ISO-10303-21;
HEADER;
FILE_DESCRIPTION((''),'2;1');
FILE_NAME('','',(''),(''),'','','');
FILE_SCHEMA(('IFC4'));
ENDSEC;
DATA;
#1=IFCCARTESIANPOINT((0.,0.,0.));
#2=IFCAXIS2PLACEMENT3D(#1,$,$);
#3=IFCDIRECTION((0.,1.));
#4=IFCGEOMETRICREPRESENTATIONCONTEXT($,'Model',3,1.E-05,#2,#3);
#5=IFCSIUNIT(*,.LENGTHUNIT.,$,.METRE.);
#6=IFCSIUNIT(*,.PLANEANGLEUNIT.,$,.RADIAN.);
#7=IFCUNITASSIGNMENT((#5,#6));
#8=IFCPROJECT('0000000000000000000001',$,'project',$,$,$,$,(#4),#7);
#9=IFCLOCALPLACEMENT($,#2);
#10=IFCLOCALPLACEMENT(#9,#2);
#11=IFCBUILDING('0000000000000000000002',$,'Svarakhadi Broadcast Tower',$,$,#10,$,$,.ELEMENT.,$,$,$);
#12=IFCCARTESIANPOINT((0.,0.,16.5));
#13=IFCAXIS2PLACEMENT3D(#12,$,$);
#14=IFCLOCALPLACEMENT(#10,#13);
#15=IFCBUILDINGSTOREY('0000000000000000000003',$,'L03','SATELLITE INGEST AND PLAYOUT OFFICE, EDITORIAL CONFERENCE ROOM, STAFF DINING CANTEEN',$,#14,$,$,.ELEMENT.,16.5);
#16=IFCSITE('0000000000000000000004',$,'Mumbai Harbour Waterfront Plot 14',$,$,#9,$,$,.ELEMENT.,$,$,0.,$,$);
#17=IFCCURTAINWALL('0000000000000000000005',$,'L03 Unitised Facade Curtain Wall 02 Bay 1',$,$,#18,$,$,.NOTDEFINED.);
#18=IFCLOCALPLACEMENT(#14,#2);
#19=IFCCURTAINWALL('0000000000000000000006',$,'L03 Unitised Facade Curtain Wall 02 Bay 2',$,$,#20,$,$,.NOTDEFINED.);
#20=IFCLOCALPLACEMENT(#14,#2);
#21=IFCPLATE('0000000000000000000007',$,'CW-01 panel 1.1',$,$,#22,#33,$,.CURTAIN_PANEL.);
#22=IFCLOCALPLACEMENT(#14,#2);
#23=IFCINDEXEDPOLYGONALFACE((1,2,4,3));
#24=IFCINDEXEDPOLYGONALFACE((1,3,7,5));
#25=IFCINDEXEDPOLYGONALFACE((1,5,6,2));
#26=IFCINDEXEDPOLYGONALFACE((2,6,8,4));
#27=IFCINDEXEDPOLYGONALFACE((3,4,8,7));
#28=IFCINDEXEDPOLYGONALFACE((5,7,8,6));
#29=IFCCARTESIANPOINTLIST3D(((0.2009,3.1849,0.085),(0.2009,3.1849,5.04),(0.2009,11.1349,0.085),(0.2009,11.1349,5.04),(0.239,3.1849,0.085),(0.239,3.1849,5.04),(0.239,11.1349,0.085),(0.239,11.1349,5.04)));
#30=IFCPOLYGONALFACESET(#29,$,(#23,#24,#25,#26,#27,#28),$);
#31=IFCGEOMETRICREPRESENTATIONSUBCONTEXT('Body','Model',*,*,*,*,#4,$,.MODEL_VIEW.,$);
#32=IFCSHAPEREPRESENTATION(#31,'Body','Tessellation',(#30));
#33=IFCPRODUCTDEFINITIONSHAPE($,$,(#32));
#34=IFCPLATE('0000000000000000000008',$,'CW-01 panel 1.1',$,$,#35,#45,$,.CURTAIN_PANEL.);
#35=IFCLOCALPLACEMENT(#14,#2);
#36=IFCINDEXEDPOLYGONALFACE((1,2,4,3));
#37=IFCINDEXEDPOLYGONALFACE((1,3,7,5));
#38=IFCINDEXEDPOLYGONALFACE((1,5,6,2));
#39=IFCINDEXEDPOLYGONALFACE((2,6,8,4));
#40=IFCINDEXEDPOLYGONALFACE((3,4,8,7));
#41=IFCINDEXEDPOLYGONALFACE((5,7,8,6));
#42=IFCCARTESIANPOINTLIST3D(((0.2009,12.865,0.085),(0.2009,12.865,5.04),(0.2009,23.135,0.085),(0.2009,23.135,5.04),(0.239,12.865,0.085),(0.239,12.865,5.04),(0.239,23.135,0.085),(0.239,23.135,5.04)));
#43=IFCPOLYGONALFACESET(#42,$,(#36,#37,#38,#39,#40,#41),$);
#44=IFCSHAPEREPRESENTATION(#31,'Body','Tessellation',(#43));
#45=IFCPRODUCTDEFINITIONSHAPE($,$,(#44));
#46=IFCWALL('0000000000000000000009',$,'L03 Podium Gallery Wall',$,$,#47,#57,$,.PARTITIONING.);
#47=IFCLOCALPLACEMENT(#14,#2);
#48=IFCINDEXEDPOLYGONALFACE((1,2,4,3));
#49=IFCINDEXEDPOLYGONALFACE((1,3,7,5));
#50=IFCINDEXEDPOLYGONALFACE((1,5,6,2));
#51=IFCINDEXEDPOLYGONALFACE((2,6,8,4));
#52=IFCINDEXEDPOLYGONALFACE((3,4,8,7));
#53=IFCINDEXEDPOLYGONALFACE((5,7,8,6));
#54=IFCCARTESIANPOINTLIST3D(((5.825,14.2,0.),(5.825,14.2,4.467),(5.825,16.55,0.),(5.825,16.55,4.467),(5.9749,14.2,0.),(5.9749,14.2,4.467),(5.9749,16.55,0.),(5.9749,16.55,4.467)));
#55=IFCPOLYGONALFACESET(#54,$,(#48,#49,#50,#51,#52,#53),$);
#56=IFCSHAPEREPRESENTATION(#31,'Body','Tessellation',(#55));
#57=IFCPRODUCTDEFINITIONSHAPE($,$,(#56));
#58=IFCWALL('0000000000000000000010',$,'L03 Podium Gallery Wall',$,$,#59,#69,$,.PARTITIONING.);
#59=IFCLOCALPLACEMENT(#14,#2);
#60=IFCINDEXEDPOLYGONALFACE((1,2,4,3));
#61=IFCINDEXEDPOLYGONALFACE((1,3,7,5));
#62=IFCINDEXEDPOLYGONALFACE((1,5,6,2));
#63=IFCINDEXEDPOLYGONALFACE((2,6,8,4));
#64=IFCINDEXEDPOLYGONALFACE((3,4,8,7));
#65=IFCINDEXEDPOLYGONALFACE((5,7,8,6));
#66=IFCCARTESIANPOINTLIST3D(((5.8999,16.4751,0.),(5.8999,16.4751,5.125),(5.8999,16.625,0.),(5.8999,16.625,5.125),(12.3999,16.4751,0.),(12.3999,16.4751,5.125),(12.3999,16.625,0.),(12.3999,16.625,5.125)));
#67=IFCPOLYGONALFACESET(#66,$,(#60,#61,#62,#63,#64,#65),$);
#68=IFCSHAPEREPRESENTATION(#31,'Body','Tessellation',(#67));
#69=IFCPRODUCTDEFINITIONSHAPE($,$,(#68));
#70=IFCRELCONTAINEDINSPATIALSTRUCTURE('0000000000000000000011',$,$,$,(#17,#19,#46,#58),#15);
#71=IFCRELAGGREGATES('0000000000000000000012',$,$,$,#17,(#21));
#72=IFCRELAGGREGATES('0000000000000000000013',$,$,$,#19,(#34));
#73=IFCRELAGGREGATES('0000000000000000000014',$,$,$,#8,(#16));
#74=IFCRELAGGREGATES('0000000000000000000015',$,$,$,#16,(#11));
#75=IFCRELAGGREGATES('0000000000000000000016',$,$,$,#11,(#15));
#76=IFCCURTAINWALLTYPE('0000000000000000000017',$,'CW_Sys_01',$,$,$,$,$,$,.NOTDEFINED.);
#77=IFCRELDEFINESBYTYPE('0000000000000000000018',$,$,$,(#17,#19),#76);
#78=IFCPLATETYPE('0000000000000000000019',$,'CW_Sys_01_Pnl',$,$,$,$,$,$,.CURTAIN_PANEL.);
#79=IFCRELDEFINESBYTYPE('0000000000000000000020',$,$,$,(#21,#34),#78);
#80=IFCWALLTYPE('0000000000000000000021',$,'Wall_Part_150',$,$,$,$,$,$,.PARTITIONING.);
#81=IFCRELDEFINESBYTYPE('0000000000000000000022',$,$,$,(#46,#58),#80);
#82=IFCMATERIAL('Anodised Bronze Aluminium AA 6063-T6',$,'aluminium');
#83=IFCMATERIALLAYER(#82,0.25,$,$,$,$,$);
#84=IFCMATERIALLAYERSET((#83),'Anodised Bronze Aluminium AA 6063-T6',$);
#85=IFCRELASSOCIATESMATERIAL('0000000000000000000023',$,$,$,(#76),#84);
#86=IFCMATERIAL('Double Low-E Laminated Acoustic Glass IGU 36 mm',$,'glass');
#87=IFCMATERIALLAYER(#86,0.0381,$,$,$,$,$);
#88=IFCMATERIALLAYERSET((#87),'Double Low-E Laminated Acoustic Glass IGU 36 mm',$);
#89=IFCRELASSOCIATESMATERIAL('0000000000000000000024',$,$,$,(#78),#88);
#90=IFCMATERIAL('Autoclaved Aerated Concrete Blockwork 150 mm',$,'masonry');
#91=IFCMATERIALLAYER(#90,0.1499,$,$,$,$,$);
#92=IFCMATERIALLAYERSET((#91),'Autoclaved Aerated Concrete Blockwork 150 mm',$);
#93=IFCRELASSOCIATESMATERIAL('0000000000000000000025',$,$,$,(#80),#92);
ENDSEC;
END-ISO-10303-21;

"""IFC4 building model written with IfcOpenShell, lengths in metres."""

from ifc_helpers import new_model, si_unit, direction, frame, frame_2d, origin, origin_2d, place, context, subcontext, project, spatial, rectangle, extrude, material, layer, layer_set, type_object, element, aggregate, save


model = new_model("IFC4")

# Units and contexts
model_context = context("Model", 3, precision=1e-05, world=origin(), true_north=direction((0.0, 1.0)))
body_context = subcontext(model_context, "Body", "Model", "MODEL_VIEW")
ifc_project = project(units=[si_unit("LENGTHUNIT", "METRE"), si_unit("PLANEANGLEUNIT", "RADIAN")], contexts=[model_context])

# Site, building, storey
site_placement = place(None, origin())
site = spatial("IfcSite", under=ifc_project, at=site_placement, Name="Mumbai Harbour Waterfront Plot 14", CompositionType="ELEMENT", RefElevation=0.0)
building_placement = place(site_placement, origin())
building = spatial("IfcBuilding", under=site, at=building_placement, Name="Svarakhadi Broadcast Tower", CompositionType="ELEMENT")
storey_placement = place(building_placement, frame((0.0, 0.0, 16.5)))
storey = spatial("IfcBuildingStorey", under=building, at=storey_placement, Name="L03", Description="SATELLITE INGEST AND PLAYOUT OFFICE, EDITORIAL CONFERENCE ROOM, STAFF DINING CANTEEN", CompositionType="ELEMENT", Elevation=16.5)

# Curtain wall
ifc_material_1 = material(Name="Anodised Bronze Aluminium AA 6063-T6", Category="aluminium")
ifc_layer_1 = layer(ifc_material_1, 0.25)
ifc_layer_set_1 = layer_set([ifc_layer_1], Name="Anodised Bronze Aluminium AA 6063-T6")
curtain_wall_type = type_object("IfcCurtainWallType", Name="CW_Sys_01", PredefinedType="NOTDEFINED", material=ifc_layer_set_1)
curtain_wall_1_placement = place(storey_placement, origin())
curtain_wall_1 = element("IfcCurtainWall", 1, at=curtain_wall_1_placement, inside=storey, type_object=curtain_wall_type, Name="L03 Unitised Facade Curtain Wall 02 Bay 1", PredefinedType="NOTDEFINED")

# Curtain wall
curtain_wall_2_placement = place(storey_placement, origin())
curtain_wall_2 = element("IfcCurtainWall", 2, at=curtain_wall_2_placement, inside=storey, type_object=curtain_wall_type, Name="L03 Unitised Facade Curtain Wall 02 Bay 2", PredefinedType="NOTDEFINED")

# Plates
ifc_material_2 = material(Name="Double Low-E Laminated Acoustic Glass IGU 36 mm", Category="glass")
ifc_layer_2 = layer(ifc_material_2, 0.0381)
ifc_layer_set_2 = layer_set([ifc_layer_2], Name="Double Low-E Laminated Acoustic Glass IGU 36 mm")
plate_type = type_object("IfcPlateType", Name="CW_Sys_01_Pnl", PredefinedType="CURTAIN_PANEL", material=ifc_layer_set_2)
plate_1_placement = place(storey_placement, frame((0.22, 7.1599, 0.085), z_axis=(0.0, 0.0, 1.0), x_axis=(0.0, 1.0, 0.0)))
plate_1 = element("IfcPlate", 3, at=plate_1_placement, type_object=plate_type, Name="CW-01 panel 1.1", PredefinedType="CURTAIN_PANEL", context=body_context, shape_type="SweptSolid", body=[
    extrude(rectangle(XDim=7.95, YDim=0.0381, at=origin_2d()), origin(), (0.0, 0.0, 1.0), 4.9551),
])
aggregate(curtain_wall_1, [plate_1])
plate_2_placement = place(storey_placement, frame((0.22, 18.0, 0.085), z_axis=(0.0, 0.0, 1.0), x_axis=(0.0, 1.0, 0.0)))
plate_2 = element("IfcPlate", 4, at=plate_2_placement, type_object=plate_type, Name="CW-01 panel 1.1", PredefinedType="CURTAIN_PANEL", context=body_context, shape_type="SweptSolid", body=[
    extrude(rectangle(XDim=10.27, YDim=0.0381, at=origin_2d()), origin(), (0.0, 0.0, 1.0), 4.9551),
])
aggregate(curtain_wall_2, [plate_2])

# Walls
ifc_material_3 = material(Name="Autoclaved Aerated Concrete Blockwork 150 mm", Category="masonry")
ifc_layer_3 = layer(ifc_material_3, 0.1499)
ifc_layer_set_3 = layer_set([ifc_layer_3], Name="Autoclaved Aerated Concrete Blockwork 150 mm")
wall_type = type_object("IfcWallType", Name="Wall_Part_150", PredefinedType="PARTITIONING", material=ifc_layer_set_3)
wall_1_placement = place(storey_placement, frame((5.8999, 14.2, 0.0), z_axis=(0.0, 0.0, 1.0), x_axis=(0.0, 1.0, 0.0)))
element("IfcWall", 5, at=wall_1_placement, inside=storey, type_object=wall_type, Name="L03 Podium Gallery Wall", PredefinedType="PARTITIONING", context=body_context, shape_type="SweptSolid", body=[
    extrude(rectangle(XDim=2.3501, YDim=0.1499, at=frame_2d((1.175, 0.0))), origin(), (0.0, 0.0, 1.0), 4.467),
])
wall_2_placement = place(storey_placement, frame((5.8999, 16.55, 0.0), z_axis=(0.0, 0.0, 1.0), x_axis=(1.0, 0.0, 0.0)))
element("IfcWall", 6, at=wall_2_placement, inside=storey, type_object=wall_type, Name="L03 Podium Gallery Wall", PredefinedType="PARTITIONING", context=body_context, shape_type="SweptSolid", body=[
    extrude(rectangle(XDim=6.5, YDim=0.1499, at=frame_2d((3.25, 0.0))), origin(), (0.0, 0.0, 1.0), 5.125),
])

save(model, "model.ifc")
